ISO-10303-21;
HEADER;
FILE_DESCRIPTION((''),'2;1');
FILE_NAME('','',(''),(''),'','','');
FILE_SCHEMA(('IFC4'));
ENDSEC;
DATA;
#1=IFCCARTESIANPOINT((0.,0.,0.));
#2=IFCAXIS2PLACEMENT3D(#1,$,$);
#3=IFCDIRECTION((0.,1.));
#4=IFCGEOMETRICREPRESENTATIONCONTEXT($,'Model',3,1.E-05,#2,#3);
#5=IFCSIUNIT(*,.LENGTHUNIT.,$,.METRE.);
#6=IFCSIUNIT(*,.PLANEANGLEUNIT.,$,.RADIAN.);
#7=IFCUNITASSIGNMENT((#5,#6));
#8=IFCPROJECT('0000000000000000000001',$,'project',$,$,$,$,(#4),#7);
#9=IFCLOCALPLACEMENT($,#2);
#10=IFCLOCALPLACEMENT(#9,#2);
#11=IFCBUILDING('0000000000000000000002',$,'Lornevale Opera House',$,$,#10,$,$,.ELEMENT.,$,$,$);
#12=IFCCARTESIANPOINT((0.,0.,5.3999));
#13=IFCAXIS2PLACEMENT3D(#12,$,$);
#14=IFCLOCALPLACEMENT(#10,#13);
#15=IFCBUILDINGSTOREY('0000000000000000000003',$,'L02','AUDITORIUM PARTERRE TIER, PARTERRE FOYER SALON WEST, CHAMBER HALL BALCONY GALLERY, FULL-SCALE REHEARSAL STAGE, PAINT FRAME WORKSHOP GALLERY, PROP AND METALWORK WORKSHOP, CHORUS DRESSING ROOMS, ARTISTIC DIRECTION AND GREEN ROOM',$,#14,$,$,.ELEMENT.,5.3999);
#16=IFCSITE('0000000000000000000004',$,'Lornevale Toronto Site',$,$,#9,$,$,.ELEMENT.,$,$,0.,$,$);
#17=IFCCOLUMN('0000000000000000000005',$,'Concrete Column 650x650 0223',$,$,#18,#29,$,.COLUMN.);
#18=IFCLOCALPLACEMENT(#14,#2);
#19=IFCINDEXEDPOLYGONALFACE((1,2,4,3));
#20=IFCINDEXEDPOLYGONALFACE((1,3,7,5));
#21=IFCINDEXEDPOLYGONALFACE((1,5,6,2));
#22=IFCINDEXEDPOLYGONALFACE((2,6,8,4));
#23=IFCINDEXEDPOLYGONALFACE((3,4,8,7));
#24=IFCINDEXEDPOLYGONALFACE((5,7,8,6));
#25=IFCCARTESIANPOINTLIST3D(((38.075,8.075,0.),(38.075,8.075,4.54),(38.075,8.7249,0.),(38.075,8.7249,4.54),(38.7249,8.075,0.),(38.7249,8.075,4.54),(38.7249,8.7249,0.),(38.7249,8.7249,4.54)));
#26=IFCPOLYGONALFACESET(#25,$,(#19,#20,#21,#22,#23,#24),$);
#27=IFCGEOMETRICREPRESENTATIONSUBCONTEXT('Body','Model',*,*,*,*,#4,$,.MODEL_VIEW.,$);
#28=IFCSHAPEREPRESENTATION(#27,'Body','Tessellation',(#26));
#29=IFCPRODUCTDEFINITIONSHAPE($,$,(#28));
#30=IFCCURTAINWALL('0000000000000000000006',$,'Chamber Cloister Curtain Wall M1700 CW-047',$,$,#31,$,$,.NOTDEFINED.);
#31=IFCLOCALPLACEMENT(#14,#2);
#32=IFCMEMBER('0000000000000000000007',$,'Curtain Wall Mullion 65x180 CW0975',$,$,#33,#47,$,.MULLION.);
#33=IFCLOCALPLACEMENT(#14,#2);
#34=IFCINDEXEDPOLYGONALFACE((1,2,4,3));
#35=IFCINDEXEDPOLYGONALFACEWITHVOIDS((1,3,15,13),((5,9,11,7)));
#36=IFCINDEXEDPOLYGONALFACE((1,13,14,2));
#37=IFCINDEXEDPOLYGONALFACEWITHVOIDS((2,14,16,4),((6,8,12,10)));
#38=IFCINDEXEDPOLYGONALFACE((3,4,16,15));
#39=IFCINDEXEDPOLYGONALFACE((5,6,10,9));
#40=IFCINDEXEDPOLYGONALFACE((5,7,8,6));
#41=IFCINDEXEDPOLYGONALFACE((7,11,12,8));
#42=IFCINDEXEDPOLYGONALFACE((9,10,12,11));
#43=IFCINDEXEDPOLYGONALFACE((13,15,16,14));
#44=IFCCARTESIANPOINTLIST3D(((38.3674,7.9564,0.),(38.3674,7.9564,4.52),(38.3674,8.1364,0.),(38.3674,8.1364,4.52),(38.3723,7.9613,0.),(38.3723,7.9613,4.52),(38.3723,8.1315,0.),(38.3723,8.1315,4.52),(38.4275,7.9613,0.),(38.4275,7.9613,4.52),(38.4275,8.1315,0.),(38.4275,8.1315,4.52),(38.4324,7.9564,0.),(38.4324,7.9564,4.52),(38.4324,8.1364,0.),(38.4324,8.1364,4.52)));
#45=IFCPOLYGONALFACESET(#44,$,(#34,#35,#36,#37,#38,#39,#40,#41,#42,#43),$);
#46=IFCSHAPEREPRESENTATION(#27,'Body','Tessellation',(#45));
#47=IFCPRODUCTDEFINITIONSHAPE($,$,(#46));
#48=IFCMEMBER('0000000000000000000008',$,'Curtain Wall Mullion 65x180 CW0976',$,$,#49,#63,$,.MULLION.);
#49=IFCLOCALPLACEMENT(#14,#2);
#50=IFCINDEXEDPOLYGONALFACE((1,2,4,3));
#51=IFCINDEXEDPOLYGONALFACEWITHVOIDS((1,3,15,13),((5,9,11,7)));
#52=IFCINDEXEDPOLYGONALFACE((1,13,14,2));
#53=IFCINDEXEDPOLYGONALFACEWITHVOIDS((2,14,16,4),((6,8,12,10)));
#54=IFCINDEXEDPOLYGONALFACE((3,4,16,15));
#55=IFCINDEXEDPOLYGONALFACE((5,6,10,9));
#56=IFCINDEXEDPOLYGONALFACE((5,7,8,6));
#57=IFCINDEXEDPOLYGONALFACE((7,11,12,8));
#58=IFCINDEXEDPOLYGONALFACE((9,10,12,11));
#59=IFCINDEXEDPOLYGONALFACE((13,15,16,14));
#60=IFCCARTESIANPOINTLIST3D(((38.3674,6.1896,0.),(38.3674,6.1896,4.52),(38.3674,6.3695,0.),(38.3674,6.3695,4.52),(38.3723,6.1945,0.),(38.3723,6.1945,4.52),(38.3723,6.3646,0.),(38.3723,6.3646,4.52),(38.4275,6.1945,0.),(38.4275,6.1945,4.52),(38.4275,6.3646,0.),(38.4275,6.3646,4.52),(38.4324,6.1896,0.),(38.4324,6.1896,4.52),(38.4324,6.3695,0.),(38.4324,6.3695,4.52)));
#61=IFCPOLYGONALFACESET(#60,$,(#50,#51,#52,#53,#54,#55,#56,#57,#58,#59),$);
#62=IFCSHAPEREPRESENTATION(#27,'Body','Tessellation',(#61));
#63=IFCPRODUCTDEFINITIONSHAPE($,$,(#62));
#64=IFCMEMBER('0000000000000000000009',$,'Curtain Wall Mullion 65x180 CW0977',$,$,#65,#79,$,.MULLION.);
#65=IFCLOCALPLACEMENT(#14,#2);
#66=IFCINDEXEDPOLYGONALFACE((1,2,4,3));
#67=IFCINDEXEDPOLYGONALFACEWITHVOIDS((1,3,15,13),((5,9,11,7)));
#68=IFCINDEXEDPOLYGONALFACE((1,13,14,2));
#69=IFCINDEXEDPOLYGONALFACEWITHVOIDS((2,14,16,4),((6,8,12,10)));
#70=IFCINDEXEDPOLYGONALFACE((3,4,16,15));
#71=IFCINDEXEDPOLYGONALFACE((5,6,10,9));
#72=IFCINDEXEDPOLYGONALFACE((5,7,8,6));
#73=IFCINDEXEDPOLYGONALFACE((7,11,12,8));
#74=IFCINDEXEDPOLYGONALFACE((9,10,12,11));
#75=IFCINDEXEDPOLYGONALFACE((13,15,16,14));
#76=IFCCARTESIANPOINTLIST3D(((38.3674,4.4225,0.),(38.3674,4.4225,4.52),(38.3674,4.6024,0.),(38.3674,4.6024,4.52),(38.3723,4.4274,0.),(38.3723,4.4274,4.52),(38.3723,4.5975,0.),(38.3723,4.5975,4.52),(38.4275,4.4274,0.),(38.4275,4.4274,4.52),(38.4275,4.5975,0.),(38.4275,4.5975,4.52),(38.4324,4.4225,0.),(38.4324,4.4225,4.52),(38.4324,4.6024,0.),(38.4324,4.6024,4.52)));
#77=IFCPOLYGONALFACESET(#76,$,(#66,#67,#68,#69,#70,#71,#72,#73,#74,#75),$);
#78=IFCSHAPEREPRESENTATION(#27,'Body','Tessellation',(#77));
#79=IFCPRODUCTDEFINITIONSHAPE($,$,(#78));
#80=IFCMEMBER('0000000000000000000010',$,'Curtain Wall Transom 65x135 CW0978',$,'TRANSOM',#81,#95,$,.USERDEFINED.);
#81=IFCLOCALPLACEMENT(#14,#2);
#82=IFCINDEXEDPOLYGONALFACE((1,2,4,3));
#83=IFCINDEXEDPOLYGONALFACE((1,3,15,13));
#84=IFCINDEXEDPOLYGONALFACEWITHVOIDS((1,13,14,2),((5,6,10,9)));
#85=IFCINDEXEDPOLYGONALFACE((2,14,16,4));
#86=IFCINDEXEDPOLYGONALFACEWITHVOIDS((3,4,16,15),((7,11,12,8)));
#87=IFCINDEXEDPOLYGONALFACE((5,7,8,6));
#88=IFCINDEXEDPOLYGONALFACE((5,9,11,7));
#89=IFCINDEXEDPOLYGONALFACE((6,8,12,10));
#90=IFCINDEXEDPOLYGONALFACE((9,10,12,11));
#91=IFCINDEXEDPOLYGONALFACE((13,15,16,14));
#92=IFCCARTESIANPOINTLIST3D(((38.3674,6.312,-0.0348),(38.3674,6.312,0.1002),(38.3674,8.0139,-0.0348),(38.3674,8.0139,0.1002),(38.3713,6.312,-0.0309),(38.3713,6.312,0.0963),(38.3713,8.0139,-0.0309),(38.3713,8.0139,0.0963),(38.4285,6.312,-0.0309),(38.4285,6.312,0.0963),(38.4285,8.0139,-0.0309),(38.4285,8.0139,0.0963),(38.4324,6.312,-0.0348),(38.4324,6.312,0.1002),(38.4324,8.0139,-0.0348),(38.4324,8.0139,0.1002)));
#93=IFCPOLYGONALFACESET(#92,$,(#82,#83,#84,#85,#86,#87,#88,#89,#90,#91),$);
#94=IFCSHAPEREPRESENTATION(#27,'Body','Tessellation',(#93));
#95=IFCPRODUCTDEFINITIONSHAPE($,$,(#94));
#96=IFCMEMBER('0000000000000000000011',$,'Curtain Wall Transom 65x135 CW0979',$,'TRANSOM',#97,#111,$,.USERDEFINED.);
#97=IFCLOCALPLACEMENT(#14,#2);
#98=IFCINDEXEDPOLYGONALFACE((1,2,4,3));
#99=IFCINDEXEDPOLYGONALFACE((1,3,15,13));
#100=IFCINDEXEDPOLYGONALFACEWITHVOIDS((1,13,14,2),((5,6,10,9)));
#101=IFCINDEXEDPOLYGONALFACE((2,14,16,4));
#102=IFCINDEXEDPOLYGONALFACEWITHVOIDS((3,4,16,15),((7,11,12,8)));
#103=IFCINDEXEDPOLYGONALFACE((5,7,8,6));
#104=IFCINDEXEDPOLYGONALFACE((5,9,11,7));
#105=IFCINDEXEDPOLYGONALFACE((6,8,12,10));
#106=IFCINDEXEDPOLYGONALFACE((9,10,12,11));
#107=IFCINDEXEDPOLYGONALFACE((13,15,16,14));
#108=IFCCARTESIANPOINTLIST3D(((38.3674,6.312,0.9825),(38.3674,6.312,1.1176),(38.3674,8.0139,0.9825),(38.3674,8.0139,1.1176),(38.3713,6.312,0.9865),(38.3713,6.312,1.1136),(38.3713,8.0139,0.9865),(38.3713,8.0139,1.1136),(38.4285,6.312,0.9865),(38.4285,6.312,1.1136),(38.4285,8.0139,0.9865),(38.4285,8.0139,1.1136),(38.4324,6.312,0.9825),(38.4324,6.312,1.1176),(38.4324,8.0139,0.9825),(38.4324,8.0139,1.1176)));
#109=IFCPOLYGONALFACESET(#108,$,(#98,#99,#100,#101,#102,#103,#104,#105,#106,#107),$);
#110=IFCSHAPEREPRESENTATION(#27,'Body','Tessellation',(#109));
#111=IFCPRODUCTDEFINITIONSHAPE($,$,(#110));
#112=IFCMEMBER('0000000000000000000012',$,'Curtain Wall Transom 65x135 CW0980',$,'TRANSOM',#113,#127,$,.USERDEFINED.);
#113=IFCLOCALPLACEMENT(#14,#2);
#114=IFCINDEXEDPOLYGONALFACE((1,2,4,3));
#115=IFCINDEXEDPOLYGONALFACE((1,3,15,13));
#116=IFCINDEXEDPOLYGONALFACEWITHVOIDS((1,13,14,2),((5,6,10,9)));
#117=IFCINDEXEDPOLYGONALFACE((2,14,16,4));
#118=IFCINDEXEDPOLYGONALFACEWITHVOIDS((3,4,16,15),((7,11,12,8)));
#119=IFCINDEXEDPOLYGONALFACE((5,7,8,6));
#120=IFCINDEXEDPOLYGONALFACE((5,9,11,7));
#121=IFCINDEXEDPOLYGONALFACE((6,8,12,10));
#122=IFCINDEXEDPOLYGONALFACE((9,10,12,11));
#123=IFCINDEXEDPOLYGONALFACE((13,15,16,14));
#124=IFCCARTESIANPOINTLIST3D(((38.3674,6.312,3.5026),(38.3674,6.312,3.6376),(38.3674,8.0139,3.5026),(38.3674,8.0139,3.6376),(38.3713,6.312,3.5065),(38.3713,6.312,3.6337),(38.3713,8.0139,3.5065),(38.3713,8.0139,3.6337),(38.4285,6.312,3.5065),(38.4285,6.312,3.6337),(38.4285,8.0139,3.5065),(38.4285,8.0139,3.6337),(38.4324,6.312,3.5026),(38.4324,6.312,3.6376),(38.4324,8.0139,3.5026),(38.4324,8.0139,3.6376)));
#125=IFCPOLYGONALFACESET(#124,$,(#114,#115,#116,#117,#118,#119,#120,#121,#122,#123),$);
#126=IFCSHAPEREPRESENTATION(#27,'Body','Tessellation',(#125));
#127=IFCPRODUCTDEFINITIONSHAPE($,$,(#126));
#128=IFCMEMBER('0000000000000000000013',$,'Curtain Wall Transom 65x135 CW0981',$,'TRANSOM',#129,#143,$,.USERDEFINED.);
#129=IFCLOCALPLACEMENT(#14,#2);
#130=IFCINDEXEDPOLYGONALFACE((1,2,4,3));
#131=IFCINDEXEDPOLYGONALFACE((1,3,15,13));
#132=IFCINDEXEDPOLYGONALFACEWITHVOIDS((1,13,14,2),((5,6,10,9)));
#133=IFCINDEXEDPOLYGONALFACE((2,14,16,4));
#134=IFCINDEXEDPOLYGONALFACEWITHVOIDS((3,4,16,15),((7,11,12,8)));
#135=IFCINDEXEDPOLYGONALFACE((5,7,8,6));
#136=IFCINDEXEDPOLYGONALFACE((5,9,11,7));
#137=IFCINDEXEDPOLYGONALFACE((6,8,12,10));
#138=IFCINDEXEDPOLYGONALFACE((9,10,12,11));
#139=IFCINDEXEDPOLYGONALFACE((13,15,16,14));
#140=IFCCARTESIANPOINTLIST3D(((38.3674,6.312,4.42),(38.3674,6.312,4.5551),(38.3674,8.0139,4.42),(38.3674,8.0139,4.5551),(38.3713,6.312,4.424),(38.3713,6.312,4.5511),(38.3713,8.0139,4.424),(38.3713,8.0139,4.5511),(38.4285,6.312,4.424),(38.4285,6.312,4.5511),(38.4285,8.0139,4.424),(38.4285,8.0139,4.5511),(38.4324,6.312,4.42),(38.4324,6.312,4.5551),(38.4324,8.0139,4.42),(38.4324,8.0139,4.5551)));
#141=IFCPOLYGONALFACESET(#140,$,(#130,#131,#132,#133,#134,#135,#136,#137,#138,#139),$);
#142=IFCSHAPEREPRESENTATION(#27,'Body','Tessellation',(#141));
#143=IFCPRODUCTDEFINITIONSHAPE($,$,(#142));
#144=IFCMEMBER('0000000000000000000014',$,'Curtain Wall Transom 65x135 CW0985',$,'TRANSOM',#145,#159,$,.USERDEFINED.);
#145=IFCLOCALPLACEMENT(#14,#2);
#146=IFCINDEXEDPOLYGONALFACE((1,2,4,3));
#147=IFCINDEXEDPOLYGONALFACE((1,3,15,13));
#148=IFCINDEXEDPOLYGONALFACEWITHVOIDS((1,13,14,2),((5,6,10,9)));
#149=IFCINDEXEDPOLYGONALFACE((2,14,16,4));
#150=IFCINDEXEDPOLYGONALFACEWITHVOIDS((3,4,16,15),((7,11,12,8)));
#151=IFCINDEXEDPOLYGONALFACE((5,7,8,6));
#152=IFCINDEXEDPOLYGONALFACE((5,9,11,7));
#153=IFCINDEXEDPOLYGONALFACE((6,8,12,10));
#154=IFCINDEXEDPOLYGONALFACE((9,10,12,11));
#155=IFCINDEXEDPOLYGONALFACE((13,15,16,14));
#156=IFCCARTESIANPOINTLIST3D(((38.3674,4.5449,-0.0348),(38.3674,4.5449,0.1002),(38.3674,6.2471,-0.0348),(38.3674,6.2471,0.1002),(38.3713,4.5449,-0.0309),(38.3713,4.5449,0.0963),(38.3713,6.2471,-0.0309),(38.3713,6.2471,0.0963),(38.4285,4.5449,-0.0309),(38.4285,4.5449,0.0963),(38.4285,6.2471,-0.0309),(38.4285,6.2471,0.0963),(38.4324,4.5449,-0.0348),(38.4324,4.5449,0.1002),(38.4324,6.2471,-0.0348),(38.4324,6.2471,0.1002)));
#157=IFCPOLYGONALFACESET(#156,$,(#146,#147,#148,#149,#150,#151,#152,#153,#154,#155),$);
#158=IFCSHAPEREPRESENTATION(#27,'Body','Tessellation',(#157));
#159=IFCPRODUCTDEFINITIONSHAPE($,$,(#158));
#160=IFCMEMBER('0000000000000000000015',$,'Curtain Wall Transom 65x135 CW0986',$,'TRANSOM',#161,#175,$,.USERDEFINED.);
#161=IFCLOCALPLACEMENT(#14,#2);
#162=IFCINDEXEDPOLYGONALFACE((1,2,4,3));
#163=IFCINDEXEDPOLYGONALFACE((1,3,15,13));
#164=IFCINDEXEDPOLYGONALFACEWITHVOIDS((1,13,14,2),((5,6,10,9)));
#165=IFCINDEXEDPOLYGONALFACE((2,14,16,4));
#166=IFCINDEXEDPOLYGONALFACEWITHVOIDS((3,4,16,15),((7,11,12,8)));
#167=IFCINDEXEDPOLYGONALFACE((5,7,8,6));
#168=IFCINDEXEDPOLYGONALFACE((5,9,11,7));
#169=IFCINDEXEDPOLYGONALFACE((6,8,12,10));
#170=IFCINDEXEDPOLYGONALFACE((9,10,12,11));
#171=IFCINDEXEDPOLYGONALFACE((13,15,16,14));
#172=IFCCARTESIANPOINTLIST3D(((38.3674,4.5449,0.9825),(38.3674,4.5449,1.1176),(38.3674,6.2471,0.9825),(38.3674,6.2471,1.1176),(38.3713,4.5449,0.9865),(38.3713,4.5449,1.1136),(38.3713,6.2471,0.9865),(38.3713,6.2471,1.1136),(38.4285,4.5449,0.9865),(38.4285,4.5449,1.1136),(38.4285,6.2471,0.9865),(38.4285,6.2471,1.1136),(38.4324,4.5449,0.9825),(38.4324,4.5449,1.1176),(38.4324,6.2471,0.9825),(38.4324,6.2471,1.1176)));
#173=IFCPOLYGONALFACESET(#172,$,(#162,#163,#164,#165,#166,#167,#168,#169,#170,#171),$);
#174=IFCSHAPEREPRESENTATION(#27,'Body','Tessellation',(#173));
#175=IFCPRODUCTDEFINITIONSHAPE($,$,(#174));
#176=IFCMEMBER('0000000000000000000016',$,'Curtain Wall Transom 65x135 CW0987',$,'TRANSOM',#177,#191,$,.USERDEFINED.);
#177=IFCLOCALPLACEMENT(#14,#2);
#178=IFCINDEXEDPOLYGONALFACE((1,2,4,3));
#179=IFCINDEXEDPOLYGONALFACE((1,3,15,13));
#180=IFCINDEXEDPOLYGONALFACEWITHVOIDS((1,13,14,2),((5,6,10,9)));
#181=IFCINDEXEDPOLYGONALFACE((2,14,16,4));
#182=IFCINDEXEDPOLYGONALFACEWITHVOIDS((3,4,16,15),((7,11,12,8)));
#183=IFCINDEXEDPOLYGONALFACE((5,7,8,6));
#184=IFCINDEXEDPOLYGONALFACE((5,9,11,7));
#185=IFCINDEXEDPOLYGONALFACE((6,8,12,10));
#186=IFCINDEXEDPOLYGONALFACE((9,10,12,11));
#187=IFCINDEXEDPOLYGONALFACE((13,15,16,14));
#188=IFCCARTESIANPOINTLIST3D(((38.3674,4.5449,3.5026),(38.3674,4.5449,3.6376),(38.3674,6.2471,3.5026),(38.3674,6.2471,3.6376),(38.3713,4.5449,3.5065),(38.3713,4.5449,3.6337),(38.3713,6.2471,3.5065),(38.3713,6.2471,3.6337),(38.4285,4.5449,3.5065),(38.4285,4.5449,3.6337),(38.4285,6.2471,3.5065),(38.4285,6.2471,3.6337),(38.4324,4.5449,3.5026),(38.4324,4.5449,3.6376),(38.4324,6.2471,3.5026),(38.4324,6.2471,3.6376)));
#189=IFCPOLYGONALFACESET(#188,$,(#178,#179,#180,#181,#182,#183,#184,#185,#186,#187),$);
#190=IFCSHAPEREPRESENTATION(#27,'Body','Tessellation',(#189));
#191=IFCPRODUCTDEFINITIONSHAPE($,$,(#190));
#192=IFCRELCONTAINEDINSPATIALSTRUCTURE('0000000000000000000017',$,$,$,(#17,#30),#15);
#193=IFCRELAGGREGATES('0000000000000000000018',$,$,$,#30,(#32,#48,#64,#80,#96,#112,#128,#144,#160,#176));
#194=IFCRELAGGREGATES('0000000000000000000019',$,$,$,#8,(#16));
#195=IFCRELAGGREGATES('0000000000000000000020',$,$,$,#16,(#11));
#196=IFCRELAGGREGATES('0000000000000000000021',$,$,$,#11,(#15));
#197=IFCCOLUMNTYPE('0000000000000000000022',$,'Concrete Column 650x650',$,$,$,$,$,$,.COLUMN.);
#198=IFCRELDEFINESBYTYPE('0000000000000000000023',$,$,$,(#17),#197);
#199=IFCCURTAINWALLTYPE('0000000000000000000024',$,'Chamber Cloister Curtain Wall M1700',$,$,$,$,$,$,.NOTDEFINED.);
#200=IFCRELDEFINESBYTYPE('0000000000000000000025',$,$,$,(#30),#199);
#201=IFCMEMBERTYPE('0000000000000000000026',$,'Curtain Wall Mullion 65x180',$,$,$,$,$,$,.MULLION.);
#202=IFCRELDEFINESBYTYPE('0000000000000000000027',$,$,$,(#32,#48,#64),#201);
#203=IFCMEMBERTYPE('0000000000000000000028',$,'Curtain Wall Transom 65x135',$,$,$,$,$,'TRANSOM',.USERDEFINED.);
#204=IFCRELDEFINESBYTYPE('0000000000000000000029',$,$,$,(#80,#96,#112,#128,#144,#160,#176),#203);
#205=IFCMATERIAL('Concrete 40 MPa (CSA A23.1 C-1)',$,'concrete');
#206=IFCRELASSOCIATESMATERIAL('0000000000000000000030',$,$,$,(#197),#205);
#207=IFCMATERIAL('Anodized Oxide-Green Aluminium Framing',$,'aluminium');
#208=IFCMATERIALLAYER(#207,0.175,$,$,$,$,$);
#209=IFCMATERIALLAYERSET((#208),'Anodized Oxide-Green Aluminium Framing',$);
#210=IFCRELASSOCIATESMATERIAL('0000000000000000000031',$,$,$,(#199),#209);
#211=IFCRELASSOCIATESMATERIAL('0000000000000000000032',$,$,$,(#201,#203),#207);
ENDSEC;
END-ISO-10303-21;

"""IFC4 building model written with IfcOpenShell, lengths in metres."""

from ifc_helpers import new_model, si_unit, direction, frame, origin, origin_2d, place, context, subcontext, project, spatial, rectangle, hollow_rectangle, extrude, material, layer, layer_set, material_profile, profile_set, type_object, element, aggregate, save


model = new_model("IFC4")

# Units and contexts
model_context = context("Model", 3, precision=1e-05, world=origin(), true_north=direction((0.0, 1.0)))
body_context = subcontext(model_context, "Body", "Model", "MODEL_VIEW")
ifc_project = project(units=[si_unit("LENGTHUNIT", "METRE"), si_unit("PLANEANGLEUNIT", "RADIAN")], contexts=[model_context])

# Site, building, storey
site_placement = place(None, origin())
site = spatial("IfcSite", under=ifc_project, at=site_placement, Name="Lornevale Toronto Site", CompositionType="ELEMENT", RefElevation=0.0)
building_placement = place(site_placement, origin())
building = spatial("IfcBuilding", under=site, at=building_placement, Name="Lornevale Opera House", CompositionType="ELEMENT")
storey_placement = place(building_placement, frame((0.0, 0.0, 5.3999)))
storey = spatial("IfcBuildingStorey", under=building, at=storey_placement, Name="L02", Description="AUDITORIUM PARTERRE TIER, PARTERRE FOYER SALON WEST, CHAMBER HALL BALCONY GALLERY, FULL-SCALE REHEARSAL STAGE, PAINT FRAME WORKSHOP GALLERY, PROP AND METALWORK WORKSHOP, CHORUS DRESSING ROOMS, ARTISTIC DIRECTION AND GREEN ROOM", CompositionType="ELEMENT", Elevation=5.3999)

# Column
ifc_material_1 = material(Name="Concrete 40 MPa (CSA A23.1 C-1)", Category="concrete")
ifc_material_profile_1 = material_profile(ifc_material_1, rectangle(XDim=0.6499, YDim=0.6499, at=origin_2d()), Name="RC650x650")
ifc_profile_set_1 = profile_set([ifc_material_profile_1], Name="Concrete 40 MPa (CSA A23.1 C-1)")
column_type = type_object("IfcColumnType", Name="Concrete Column 650x650", PredefinedType="COLUMN", material=ifc_profile_set_1)
column_placement = place(storey_placement, frame((38.3999, 8.3999, 0.0), z_axis=(0.0, 0.0, 1.0), x_axis=(1.0, 0.0, 0.0)))
element("IfcColumn", 1, at=column_placement, inside=storey, type_object=column_type, Name="Concrete Column 650x650 0223", PredefinedType="COLUMN", context=body_context, shape_type="SweptSolid", body=[
    extrude(rectangle(XDim=0.6499, YDim=0.6499, at=origin_2d()), origin(), (0.0, 0.0, 1.0), 4.54),
])

# Curtain wall, members
ifc_material_2 = material(Name="Anodized Oxide-Green Aluminium Framing", Category="aluminium")
ifc_layer_1 = layer(ifc_material_2, 0.175)
ifc_layer_set_1 = layer_set([ifc_layer_1], Name="Anodized Oxide-Green Aluminium Framing")
curtain_wall_type = type_object("IfcCurtainWallType", Name="Chamber Cloister Curtain Wall M1700", PredefinedType="NOTDEFINED", material=ifc_layer_set_1)
curtain_wall_placement = place(storey_placement, origin())
curtain_wall = element("IfcCurtainWall", 2, at=curtain_wall_placement, inside=storey, type_object=curtain_wall_type, Name="Chamber Cloister Curtain Wall M1700 CW-047", PredefinedType="NOTDEFINED")
ifc_material_profile_2 = material_profile(ifc_material_2, hollow_rectangle(XDim=0.0649, YDim=0.1799, WallThickness=0.0049, at=origin_2d()), Name="ALU65x180x5")
ifc_profile_set_2 = profile_set([ifc_material_profile_2], Name="Anodized Oxide-Green Aluminium Framing")
member_type_1 = type_object("IfcMemberType", Name="Curtain Wall Mullion 65x180", PredefinedType="MULLION", material=ifc_profile_set_2)
member_1_placement = place(storey_placement, frame((38.3999, 8.0464, 0.0), z_axis=(0.0, 0.0, 1.0), x_axis=(1.0, 0.0, 0.0)))
member_1 = element("IfcMember", 3, at=member_1_placement, type_object=member_type_1, Name="Curtain Wall Mullion 65x180 CW0975", PredefinedType="MULLION", context=body_context, shape_type="SweptSolid", body=[
    extrude(hollow_rectangle(XDim=0.0649, YDim=0.1799, WallThickness=0.0049, at=origin_2d()), origin(), (0.0, 0.0, 1.0), 4.52),
])
member_2_placement = place(storey_placement, frame((38.3999, 6.2795, 0.0), z_axis=(0.0, 0.0, 1.0), x_axis=(1.0, 0.0, 0.0)))
member_2 = element("IfcMember", 4, at=member_2_placement, type_object=member_type_1, Name="Curtain Wall Mullion 65x180 CW0976", PredefinedType="MULLION", context=body_context, shape_type="SweptSolid", body=[
    extrude(hollow_rectangle(XDim=0.0649, YDim=0.1799, WallThickness=0.0049, at=origin_2d()), origin(), (0.0, 0.0, 1.0), 4.52),
])
member_3_placement = place(storey_placement, frame((38.3999, 4.5125, 0.0), z_axis=(0.0, 0.0, 1.0), x_axis=(1.0, 0.0, 0.0)))
member_3 = element("IfcMember", 5, at=member_3_placement, type_object=member_type_1, Name="Curtain Wall Mullion 65x180 CW0977", PredefinedType="MULLION", context=body_context, shape_type="SweptSolid", body=[
    extrude(hollow_rectangle(XDim=0.0649, YDim=0.1799, WallThickness=0.0049, at=origin_2d()), origin(), (0.0, 0.0, 1.0), 4.52),
])
ifc_material_profile_3 = material_profile(ifc_material_2, hollow_rectangle(XDim=0.0649, YDim=0.135, WallThickness=0.0039, at=origin_2d()), Name="ALU65x135x4")
ifc_profile_set_3 = profile_set([ifc_material_profile_3], Name="Anodized Oxide-Green Aluminium Framing")
member_type_2 = type_object("IfcMemberType", Name="Curtain Wall Transom 65x135", ElementType="TRANSOM", PredefinedType="USERDEFINED", material=ifc_profile_set_3)
member_4_placement = place(storey_placement, frame((38.3999, 8.0139, 0.0327), z_axis=(0.0, -1.0, 0.0), x_axis=(1.0, 0.0, 0.0)))
member_4 = element("IfcMember", 6, at=member_4_placement, type_object=member_type_2, Name="Curtain Wall Transom 65x135 CW0978", ObjectType="TRANSOM", PredefinedType="USERDEFINED", context=body_context, shape_type="SweptSolid", body=[
    extrude(hollow_rectangle(XDim=0.0649, YDim=0.135, WallThickness=0.0039, at=origin_2d()), origin(), (0.0, 0.0, 1.0), 1.7019),
])
member_5_placement = place(storey_placement, frame((38.3999, 8.0139, 1.05), z_axis=(0.0, -1.0, 0.0), x_axis=(1.0, 0.0, 0.0)))
member_5 = element("IfcMember", 7, at=member_5_placement, type_object=member_type_2, Name="Curtain Wall Transom 65x135 CW0979", ObjectType="TRANSOM", PredefinedType="USERDEFINED", context=body_context, shape_type="SweptSolid", body=[
    extrude(hollow_rectangle(XDim=0.0649, YDim=0.135, WallThickness=0.0039, at=origin_2d()), origin(), (0.0, 0.0, 1.0), 1.7019),
])
member_6_placement = place(storey_placement, frame((38.3999, 8.0139, 3.5701), z_axis=(0.0, -1.0, 0.0), x_axis=(1.0, 0.0, 0.0)))
member_6 = element("IfcMember", 8, at=member_6_placement, type_object=member_type_2, Name="Curtain Wall Transom 65x135 CW0980", ObjectType="TRANSOM", PredefinedType="USERDEFINED", context=body_context, shape_type="SweptSolid", body=[
    extrude(hollow_rectangle(XDim=0.0649, YDim=0.135, WallThickness=0.0039, at=origin_2d()), origin(), (0.0, 0.0, 1.0), 1.7019),
])
member_7_placement = place(storey_placement, frame((38.3999, 8.0139, 4.4875), z_axis=(0.0, -1.0, 0.0), x_axis=(1.0, 0.0, 0.0)))
member_7 = element("IfcMember", 9, at=member_7_placement, type_object=member_type_2, Name="Curtain Wall Transom 65x135 CW0981", ObjectType="TRANSOM", PredefinedType="USERDEFINED", context=body_context, shape_type="SweptSolid", body=[
    extrude(hollow_rectangle(XDim=0.0649, YDim=0.135, WallThickness=0.0039, at=origin_2d()), origin(), (0.0, 0.0, 1.0), 1.7019),
])
member_8_placement = place(storey_placement, frame((38.3999, 6.2471, 0.0327), z_axis=(0.0, -1.0, 0.0), x_axis=(1.0, 0.0, 0.0)))
member_8 = element("IfcMember", 10, at=member_8_placement, type_object=member_type_2, Name="Curtain Wall Transom 65x135 CW0985", ObjectType="TRANSOM", PredefinedType="USERDEFINED", context=body_context, shape_type="SweptSolid", body=[
    extrude(hollow_rectangle(XDim=0.0649, YDim=0.135, WallThickness=0.0039, at=origin_2d()), origin(), (0.0, 0.0, 1.0), 1.7021),
])
member_9_placement = place(storey_placement, frame((38.3999, 6.2471, 1.05), z_axis=(0.0, -1.0, 0.0), x_axis=(1.0, 0.0, 0.0)))
member_9 = element("IfcMember", 11, at=member_9_placement, type_object=member_type_2, Name="Curtain Wall Transom 65x135 CW0986", ObjectType="TRANSOM", PredefinedType="USERDEFINED", context=body_context, shape_type="SweptSolid", body=[
    extrude(hollow_rectangle(XDim=0.0649, YDim=0.135, WallThickness=0.0039, at=origin_2d()), origin(), (0.0, 0.0, 1.0), 1.7021),
])
member_10_placement = place(storey_placement, frame((38.3999, 6.2471, 3.5701), z_axis=(0.0, -1.0, 0.0), x_axis=(1.0, 0.0, 0.0)))
member_10 = element("IfcMember", 12, at=member_10_placement, type_object=member_type_2, Name="Curtain Wall Transom 65x135 CW0987", ObjectType="TRANSOM", PredefinedType="USERDEFINED", context=body_context, shape_type="SweptSolid", body=[
    extrude(hollow_rectangle(XDim=0.0649, YDim=0.135, WallThickness=0.0039, at=origin_2d()), origin(), (0.0, 0.0, 1.0), 1.7021),
])
aggregate(curtain_wall, [member_1, member_2, member_3, member_4, member_5, member_6, member_7, member_8, member_9, member_10])

save(model, "model.ifc")
